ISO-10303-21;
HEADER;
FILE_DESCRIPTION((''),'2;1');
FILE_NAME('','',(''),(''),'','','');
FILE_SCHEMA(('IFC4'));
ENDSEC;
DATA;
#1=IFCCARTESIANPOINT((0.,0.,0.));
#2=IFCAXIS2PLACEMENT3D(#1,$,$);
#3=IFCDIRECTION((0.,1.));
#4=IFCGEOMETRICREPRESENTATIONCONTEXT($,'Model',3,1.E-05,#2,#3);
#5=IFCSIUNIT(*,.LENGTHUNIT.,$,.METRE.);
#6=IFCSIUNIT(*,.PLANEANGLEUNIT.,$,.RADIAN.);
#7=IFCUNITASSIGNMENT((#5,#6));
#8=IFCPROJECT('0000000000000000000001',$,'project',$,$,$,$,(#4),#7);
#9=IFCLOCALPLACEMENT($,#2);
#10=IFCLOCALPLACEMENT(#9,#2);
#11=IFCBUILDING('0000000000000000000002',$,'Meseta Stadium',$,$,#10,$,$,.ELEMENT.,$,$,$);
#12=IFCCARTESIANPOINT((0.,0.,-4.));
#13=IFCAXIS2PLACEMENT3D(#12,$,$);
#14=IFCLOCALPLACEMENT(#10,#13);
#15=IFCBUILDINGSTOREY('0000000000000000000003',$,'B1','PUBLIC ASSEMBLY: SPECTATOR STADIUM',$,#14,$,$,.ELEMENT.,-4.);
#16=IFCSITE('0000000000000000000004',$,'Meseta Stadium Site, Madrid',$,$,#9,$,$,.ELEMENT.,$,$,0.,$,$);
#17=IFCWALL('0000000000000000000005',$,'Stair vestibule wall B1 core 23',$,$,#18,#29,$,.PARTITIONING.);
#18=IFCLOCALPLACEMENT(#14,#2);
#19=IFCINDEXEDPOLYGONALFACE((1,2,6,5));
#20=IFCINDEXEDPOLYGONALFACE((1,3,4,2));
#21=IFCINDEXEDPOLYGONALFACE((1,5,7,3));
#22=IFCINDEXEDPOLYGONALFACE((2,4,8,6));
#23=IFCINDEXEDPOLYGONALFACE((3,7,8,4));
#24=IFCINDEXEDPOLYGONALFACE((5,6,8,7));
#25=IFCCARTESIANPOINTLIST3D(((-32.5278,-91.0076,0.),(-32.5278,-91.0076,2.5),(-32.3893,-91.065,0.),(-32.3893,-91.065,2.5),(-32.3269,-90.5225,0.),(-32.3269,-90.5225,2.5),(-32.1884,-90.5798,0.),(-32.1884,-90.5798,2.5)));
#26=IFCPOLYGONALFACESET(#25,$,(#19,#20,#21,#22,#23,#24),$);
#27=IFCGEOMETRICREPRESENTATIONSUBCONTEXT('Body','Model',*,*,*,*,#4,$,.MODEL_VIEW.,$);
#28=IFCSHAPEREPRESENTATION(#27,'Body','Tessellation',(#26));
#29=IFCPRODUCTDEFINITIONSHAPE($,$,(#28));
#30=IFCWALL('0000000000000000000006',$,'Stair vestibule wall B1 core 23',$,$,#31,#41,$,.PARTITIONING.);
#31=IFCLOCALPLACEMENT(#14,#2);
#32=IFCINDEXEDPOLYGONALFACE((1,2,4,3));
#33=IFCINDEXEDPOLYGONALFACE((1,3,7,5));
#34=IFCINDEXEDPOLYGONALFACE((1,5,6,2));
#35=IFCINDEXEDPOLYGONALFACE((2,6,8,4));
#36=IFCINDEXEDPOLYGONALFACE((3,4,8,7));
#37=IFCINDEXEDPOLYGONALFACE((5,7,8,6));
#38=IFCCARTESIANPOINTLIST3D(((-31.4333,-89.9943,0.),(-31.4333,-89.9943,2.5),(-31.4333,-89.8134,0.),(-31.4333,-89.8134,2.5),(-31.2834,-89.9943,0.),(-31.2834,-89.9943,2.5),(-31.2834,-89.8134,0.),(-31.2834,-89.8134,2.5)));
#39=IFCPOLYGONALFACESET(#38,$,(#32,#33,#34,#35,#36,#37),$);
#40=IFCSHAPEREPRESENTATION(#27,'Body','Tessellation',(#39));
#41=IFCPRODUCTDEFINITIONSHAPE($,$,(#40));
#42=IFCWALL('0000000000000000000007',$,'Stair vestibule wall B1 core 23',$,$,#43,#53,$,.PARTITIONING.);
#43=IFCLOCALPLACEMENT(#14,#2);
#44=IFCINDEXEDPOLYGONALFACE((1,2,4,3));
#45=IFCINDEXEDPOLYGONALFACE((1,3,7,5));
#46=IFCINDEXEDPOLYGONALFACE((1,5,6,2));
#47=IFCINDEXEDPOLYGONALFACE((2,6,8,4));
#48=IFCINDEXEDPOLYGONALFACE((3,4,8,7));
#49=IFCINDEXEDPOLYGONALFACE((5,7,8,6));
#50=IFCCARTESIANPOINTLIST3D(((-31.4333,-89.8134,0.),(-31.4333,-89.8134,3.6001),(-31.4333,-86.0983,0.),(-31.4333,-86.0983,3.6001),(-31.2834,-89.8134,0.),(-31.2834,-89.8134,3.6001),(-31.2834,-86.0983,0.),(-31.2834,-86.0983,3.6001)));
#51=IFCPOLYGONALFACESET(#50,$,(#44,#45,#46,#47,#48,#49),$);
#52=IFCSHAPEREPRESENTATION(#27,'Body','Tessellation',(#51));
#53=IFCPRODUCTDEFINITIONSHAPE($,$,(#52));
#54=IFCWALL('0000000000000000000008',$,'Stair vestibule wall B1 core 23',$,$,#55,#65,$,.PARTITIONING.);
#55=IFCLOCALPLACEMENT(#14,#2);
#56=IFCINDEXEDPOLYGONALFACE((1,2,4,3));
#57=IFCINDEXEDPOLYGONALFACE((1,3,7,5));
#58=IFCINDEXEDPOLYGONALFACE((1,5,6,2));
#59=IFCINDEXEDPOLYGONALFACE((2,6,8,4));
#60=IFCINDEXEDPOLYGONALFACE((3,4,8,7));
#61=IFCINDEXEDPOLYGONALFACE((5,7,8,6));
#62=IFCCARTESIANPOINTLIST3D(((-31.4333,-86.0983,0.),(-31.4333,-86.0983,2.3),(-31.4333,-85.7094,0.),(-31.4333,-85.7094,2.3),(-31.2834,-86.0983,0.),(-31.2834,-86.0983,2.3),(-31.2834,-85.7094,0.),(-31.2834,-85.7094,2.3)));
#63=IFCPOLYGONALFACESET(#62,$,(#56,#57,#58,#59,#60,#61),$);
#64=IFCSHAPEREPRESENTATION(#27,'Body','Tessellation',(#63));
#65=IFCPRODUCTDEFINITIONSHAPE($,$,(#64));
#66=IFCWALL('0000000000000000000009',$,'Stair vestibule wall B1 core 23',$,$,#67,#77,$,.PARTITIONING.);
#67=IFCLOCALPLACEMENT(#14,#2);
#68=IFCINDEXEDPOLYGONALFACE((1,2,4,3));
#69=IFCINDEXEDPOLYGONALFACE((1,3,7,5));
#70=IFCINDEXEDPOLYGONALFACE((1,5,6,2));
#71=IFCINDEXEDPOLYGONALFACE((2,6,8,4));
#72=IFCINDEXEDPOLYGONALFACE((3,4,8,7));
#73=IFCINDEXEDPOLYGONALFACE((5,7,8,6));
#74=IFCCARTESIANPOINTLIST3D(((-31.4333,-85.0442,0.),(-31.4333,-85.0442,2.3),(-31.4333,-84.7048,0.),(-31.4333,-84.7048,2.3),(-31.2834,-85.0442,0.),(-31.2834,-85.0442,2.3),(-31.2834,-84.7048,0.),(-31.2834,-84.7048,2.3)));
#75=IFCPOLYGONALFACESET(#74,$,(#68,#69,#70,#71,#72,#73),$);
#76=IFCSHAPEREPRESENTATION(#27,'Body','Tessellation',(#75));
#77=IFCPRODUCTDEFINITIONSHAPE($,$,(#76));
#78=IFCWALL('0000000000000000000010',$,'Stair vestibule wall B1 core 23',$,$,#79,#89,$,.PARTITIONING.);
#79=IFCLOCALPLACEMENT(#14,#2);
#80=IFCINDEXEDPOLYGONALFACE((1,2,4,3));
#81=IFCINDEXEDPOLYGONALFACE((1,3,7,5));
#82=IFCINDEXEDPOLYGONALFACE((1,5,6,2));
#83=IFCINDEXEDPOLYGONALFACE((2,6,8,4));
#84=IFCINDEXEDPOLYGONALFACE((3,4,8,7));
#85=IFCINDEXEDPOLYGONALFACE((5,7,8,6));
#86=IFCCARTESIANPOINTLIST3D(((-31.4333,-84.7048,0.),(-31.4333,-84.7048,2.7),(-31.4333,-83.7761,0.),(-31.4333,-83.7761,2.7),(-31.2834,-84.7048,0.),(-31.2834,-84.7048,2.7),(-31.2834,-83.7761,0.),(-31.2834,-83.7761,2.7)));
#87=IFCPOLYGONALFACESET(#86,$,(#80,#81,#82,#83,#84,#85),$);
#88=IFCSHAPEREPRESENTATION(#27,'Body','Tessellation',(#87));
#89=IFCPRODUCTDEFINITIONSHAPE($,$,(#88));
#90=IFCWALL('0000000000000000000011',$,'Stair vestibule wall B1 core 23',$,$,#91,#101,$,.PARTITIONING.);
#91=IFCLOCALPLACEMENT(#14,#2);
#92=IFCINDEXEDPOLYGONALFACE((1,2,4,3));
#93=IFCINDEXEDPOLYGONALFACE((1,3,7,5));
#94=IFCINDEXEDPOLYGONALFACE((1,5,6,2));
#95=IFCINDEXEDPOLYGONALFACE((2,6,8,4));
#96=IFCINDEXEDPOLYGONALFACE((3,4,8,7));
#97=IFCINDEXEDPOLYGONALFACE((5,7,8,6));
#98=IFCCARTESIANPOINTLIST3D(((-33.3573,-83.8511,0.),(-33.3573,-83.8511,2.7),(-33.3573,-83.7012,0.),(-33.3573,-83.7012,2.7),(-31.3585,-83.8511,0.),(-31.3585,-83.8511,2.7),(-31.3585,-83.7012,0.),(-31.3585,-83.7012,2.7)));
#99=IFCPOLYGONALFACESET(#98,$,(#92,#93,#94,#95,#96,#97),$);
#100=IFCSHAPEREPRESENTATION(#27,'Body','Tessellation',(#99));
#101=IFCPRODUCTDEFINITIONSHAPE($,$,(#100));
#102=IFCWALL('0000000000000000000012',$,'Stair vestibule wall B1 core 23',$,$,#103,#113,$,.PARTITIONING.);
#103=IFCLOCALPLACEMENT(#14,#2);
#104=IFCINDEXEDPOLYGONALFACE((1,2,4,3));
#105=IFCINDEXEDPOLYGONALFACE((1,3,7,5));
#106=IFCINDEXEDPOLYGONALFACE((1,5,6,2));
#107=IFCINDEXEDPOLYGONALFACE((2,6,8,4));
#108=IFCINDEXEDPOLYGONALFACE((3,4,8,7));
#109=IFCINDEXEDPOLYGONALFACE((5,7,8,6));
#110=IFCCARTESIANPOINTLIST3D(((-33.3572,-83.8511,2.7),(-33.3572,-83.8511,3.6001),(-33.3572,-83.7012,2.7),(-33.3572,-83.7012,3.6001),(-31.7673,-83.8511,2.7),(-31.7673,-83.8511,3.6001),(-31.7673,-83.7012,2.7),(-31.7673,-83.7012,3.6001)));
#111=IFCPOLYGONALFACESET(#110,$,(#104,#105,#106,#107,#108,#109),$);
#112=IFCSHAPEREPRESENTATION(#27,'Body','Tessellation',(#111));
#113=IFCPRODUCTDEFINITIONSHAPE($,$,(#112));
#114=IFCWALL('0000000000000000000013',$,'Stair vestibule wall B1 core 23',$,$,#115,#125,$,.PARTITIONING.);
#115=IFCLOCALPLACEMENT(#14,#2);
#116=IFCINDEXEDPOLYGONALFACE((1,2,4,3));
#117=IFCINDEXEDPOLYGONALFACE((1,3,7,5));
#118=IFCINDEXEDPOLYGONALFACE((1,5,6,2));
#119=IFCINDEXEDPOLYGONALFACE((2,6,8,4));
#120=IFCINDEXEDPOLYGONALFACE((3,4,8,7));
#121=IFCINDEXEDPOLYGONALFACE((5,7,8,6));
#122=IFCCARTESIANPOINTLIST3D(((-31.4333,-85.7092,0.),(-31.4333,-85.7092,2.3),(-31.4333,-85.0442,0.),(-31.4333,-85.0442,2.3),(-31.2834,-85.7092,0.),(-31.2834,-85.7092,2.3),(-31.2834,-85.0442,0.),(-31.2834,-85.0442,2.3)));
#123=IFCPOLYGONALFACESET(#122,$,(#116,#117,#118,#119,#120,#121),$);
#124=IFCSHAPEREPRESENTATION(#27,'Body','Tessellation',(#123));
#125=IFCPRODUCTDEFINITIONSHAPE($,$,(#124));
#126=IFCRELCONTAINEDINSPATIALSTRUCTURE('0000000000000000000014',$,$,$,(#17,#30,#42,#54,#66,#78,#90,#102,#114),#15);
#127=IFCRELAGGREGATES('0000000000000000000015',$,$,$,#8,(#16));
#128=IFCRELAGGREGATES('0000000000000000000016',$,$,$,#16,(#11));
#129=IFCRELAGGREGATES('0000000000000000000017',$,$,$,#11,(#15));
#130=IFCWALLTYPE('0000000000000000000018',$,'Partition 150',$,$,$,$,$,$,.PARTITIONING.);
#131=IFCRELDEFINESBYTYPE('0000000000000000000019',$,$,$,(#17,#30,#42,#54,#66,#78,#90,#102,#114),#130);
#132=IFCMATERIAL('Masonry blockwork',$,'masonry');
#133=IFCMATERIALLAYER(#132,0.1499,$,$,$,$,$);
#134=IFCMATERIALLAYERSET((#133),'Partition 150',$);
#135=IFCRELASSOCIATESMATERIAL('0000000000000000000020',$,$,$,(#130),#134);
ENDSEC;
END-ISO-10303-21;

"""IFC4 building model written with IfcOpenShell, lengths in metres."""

from ifc_helpers import new_model, si_unit, direction, frame, frame_2d, origin, place, context, subcontext, project, spatial, rectangle, extrude, material, layer, layer_set, type_object, element, save


model = new_model("IFC4")

# Units and contexts
model_context = context("Model", 3, precision=1e-05, world=origin(), true_north=direction((0.0, 1.0)))
body_context = subcontext(model_context, "Body", "Model", "MODEL_VIEW")
ifc_project = project(units=[si_unit("LENGTHUNIT", "METRE"), si_unit("PLANEANGLEUNIT", "RADIAN")], contexts=[model_context])

# Site, building, storey
site_placement = place(None, origin())
site = spatial("IfcSite", under=ifc_project, at=site_placement, Name="Meseta Stadium Site, Madrid", CompositionType="ELEMENT", RefElevation=0.0)
building_placement = place(site_placement, origin())
building = spatial("IfcBuilding", under=site, at=building_placement, Name="Meseta Stadium", CompositionType="ELEMENT")
storey_placement = place(building_placement, frame((0.0, 0.0, -4.0)))
storey = spatial("IfcBuildingStorey", under=building, at=storey_placement, Name="B1", Description="PUBLIC ASSEMBLY: SPECTATOR STADIUM", CompositionType="ELEMENT", Elevation=-4.0)

# Shared definitions
ifc_material_1 = material(Name="Masonry blockwork", Category="masonry")
ifc_layer = layer(ifc_material_1, 0.1499)
ifc_layer_set = layer_set([ifc_layer], Name="Partition 150")
wall_type = type_object("IfcWallType", Name="Partition 150", PredefinedType="PARTITIONING", material=ifc_layer_set)

# Walls
wall_1_placement = place(storey_placement, frame((-32.2576, -90.551, 0.0), z_axis=(0.0, 0.0, 1.0), x_axis=(-0.382667, -0.923886, 0.0)))
element("IfcWall", 1, at=wall_1_placement, inside=storey, type_object=wall_type, Name="Stair vestibule wall B1 core 23", PredefinedType="PARTITIONING", context=body_context, shape_type="SweptSolid", body=[
    extrude(rectangle(XDim=0.5251, YDim=0.1499, at=frame_2d((0.2627, 0.0))), origin(), (0.0, 0.0, 1.0), 2.5),
])
wall_2_placement = place(storey_placement, frame((-31.3584, -89.9941, 0.0), z_axis=(0.0, 0.0, 1.0), x_axis=(0.0, 1.0, 0.0)))
element("IfcWall", 2, at=wall_2_placement, inside=storey, type_object=wall_type, Name="Stair vestibule wall B1 core 23", PredefinedType="PARTITIONING", context=body_context, shape_type="SweptSolid", body=[
    extrude(rectangle(XDim=0.1809, YDim=0.1499, at=frame_2d((0.0903, 0.0))), origin(), (0.0, 0.0, 1.0), 2.5),
])
wall_3_placement = place(storey_placement, frame((-31.3584, -89.8132, 0.0), z_axis=(0.0, 0.0, 1.0), x_axis=(0.0, 1.0, 0.0)))
element("IfcWall", 3, at=wall_3_placement, inside=storey, type_object=wall_type, Name="Stair vestibule wall B1 core 23", PredefinedType="PARTITIONING", context=body_context, shape_type="SweptSolid", body=[
    extrude(rectangle(XDim=3.7151, YDim=0.1499, at=frame_2d((1.8574, 0.0))), origin(), (0.0, 0.0, 1.0), 3.6001),
])
wall_4_placement = place(storey_placement, frame((-31.3584, -86.0981, 0.0), z_axis=(0.0, 0.0, 1.0), x_axis=(0.0, 1.0, 0.0)))
element("IfcWall", 4, at=wall_4_placement, inside=storey, type_object=wall_type, Name="Stair vestibule wall B1 core 23", PredefinedType="PARTITIONING", context=body_context, shape_type="SweptSolid", body=[
    extrude(rectangle(XDim=0.3889, YDim=0.1499, at=frame_2d((0.1943, 0.0))), origin(), (0.0, 0.0, 1.0), 2.3),
])
wall_5_placement = place(storey_placement, frame((-31.3584, -85.0442, 0.0), z_axis=(0.0, 0.0, 1.0), x_axis=(0.0, 1.0, 0.0)))
element("IfcWall", 5, at=wall_5_placement, inside=storey, type_object=wall_type, Name="Stair vestibule wall B1 core 23", PredefinedType="PARTITIONING", context=body_context, shape_type="SweptSolid", body=[
    extrude(rectangle(XDim=0.3394, YDim=0.1499, at=frame_2d((0.1697, 0.0))), origin(), (0.0, 0.0, 1.0), 2.3),
])
wall_6_placement = place(storey_placement, frame((-31.3584, -84.7048, 0.0), z_axis=(0.0, 0.0, 1.0), x_axis=(0.0, 1.0, 0.0)))
element("IfcWall", 6, at=wall_6_placement, inside=storey, type_object=wall_type, Name="Stair vestibule wall B1 core 23", PredefinedType="PARTITIONING", context=body_context, shape_type="SweptSolid", body=[
    extrude(rectangle(XDim=0.9287, YDim=0.1499, at=frame_2d((0.4644, 0.0))), origin(), (0.0, 0.0, 1.0), 2.7),
])
wall_7_placement = place(storey_placement, frame((-31.3584, -83.7761, 0.0), z_axis=(0.0, 0.0, 1.0), x_axis=(-1.0, 0.0, 0.0)))
element("IfcWall", 7, at=wall_7_placement, inside=storey, type_object=wall_type, Name="Stair vestibule wall B1 core 23", PredefinedType="PARTITIONING", context=body_context, shape_type="SweptSolid", body=[
    extrude(rectangle(XDim=1.9988, YDim=0.1499, at=frame_2d((0.9995, 0.0))), origin(), (0.0, 0.0, 1.0), 2.7),
])
wall_8_placement = place(storey_placement, frame((-31.7673, -83.7761, 2.7), z_axis=(0.0, 0.0, 1.0), x_axis=(-1.0, 0.0, 0.0)))
element("IfcWall", 8, at=wall_8_placement, inside=storey, type_object=wall_type, Name="Stair vestibule wall B1 core 23", PredefinedType="PARTITIONING", context=body_context, shape_type="SweptSolid", body=[
    extrude(rectangle(XDim=1.5898, YDim=0.1499, at=frame_2d((0.7949, 0.0))), origin(), (0.0, 0.0, 1.0), 0.9001),
])
wall_9_placement = place(storey_placement, frame((-31.3584, -85.7092, 0.0), z_axis=(0.0, 0.0, 1.0), x_axis=(0.0, 1.0, 0.0)))
element("IfcWall", 9, at=wall_9_placement, inside=storey, type_object=wall_type, Name="Stair vestibule wall B1 core 23", PredefinedType="PARTITIONING", context=body_context, shape_type="SweptSolid", body=[
    extrude(rectangle(XDim=0.665, YDim=0.1499, at=frame_2d((0.3325, 0.0))), origin(), (0.0, 0.0, 1.0), 2.3),
])

save(model, "model.ifc")
